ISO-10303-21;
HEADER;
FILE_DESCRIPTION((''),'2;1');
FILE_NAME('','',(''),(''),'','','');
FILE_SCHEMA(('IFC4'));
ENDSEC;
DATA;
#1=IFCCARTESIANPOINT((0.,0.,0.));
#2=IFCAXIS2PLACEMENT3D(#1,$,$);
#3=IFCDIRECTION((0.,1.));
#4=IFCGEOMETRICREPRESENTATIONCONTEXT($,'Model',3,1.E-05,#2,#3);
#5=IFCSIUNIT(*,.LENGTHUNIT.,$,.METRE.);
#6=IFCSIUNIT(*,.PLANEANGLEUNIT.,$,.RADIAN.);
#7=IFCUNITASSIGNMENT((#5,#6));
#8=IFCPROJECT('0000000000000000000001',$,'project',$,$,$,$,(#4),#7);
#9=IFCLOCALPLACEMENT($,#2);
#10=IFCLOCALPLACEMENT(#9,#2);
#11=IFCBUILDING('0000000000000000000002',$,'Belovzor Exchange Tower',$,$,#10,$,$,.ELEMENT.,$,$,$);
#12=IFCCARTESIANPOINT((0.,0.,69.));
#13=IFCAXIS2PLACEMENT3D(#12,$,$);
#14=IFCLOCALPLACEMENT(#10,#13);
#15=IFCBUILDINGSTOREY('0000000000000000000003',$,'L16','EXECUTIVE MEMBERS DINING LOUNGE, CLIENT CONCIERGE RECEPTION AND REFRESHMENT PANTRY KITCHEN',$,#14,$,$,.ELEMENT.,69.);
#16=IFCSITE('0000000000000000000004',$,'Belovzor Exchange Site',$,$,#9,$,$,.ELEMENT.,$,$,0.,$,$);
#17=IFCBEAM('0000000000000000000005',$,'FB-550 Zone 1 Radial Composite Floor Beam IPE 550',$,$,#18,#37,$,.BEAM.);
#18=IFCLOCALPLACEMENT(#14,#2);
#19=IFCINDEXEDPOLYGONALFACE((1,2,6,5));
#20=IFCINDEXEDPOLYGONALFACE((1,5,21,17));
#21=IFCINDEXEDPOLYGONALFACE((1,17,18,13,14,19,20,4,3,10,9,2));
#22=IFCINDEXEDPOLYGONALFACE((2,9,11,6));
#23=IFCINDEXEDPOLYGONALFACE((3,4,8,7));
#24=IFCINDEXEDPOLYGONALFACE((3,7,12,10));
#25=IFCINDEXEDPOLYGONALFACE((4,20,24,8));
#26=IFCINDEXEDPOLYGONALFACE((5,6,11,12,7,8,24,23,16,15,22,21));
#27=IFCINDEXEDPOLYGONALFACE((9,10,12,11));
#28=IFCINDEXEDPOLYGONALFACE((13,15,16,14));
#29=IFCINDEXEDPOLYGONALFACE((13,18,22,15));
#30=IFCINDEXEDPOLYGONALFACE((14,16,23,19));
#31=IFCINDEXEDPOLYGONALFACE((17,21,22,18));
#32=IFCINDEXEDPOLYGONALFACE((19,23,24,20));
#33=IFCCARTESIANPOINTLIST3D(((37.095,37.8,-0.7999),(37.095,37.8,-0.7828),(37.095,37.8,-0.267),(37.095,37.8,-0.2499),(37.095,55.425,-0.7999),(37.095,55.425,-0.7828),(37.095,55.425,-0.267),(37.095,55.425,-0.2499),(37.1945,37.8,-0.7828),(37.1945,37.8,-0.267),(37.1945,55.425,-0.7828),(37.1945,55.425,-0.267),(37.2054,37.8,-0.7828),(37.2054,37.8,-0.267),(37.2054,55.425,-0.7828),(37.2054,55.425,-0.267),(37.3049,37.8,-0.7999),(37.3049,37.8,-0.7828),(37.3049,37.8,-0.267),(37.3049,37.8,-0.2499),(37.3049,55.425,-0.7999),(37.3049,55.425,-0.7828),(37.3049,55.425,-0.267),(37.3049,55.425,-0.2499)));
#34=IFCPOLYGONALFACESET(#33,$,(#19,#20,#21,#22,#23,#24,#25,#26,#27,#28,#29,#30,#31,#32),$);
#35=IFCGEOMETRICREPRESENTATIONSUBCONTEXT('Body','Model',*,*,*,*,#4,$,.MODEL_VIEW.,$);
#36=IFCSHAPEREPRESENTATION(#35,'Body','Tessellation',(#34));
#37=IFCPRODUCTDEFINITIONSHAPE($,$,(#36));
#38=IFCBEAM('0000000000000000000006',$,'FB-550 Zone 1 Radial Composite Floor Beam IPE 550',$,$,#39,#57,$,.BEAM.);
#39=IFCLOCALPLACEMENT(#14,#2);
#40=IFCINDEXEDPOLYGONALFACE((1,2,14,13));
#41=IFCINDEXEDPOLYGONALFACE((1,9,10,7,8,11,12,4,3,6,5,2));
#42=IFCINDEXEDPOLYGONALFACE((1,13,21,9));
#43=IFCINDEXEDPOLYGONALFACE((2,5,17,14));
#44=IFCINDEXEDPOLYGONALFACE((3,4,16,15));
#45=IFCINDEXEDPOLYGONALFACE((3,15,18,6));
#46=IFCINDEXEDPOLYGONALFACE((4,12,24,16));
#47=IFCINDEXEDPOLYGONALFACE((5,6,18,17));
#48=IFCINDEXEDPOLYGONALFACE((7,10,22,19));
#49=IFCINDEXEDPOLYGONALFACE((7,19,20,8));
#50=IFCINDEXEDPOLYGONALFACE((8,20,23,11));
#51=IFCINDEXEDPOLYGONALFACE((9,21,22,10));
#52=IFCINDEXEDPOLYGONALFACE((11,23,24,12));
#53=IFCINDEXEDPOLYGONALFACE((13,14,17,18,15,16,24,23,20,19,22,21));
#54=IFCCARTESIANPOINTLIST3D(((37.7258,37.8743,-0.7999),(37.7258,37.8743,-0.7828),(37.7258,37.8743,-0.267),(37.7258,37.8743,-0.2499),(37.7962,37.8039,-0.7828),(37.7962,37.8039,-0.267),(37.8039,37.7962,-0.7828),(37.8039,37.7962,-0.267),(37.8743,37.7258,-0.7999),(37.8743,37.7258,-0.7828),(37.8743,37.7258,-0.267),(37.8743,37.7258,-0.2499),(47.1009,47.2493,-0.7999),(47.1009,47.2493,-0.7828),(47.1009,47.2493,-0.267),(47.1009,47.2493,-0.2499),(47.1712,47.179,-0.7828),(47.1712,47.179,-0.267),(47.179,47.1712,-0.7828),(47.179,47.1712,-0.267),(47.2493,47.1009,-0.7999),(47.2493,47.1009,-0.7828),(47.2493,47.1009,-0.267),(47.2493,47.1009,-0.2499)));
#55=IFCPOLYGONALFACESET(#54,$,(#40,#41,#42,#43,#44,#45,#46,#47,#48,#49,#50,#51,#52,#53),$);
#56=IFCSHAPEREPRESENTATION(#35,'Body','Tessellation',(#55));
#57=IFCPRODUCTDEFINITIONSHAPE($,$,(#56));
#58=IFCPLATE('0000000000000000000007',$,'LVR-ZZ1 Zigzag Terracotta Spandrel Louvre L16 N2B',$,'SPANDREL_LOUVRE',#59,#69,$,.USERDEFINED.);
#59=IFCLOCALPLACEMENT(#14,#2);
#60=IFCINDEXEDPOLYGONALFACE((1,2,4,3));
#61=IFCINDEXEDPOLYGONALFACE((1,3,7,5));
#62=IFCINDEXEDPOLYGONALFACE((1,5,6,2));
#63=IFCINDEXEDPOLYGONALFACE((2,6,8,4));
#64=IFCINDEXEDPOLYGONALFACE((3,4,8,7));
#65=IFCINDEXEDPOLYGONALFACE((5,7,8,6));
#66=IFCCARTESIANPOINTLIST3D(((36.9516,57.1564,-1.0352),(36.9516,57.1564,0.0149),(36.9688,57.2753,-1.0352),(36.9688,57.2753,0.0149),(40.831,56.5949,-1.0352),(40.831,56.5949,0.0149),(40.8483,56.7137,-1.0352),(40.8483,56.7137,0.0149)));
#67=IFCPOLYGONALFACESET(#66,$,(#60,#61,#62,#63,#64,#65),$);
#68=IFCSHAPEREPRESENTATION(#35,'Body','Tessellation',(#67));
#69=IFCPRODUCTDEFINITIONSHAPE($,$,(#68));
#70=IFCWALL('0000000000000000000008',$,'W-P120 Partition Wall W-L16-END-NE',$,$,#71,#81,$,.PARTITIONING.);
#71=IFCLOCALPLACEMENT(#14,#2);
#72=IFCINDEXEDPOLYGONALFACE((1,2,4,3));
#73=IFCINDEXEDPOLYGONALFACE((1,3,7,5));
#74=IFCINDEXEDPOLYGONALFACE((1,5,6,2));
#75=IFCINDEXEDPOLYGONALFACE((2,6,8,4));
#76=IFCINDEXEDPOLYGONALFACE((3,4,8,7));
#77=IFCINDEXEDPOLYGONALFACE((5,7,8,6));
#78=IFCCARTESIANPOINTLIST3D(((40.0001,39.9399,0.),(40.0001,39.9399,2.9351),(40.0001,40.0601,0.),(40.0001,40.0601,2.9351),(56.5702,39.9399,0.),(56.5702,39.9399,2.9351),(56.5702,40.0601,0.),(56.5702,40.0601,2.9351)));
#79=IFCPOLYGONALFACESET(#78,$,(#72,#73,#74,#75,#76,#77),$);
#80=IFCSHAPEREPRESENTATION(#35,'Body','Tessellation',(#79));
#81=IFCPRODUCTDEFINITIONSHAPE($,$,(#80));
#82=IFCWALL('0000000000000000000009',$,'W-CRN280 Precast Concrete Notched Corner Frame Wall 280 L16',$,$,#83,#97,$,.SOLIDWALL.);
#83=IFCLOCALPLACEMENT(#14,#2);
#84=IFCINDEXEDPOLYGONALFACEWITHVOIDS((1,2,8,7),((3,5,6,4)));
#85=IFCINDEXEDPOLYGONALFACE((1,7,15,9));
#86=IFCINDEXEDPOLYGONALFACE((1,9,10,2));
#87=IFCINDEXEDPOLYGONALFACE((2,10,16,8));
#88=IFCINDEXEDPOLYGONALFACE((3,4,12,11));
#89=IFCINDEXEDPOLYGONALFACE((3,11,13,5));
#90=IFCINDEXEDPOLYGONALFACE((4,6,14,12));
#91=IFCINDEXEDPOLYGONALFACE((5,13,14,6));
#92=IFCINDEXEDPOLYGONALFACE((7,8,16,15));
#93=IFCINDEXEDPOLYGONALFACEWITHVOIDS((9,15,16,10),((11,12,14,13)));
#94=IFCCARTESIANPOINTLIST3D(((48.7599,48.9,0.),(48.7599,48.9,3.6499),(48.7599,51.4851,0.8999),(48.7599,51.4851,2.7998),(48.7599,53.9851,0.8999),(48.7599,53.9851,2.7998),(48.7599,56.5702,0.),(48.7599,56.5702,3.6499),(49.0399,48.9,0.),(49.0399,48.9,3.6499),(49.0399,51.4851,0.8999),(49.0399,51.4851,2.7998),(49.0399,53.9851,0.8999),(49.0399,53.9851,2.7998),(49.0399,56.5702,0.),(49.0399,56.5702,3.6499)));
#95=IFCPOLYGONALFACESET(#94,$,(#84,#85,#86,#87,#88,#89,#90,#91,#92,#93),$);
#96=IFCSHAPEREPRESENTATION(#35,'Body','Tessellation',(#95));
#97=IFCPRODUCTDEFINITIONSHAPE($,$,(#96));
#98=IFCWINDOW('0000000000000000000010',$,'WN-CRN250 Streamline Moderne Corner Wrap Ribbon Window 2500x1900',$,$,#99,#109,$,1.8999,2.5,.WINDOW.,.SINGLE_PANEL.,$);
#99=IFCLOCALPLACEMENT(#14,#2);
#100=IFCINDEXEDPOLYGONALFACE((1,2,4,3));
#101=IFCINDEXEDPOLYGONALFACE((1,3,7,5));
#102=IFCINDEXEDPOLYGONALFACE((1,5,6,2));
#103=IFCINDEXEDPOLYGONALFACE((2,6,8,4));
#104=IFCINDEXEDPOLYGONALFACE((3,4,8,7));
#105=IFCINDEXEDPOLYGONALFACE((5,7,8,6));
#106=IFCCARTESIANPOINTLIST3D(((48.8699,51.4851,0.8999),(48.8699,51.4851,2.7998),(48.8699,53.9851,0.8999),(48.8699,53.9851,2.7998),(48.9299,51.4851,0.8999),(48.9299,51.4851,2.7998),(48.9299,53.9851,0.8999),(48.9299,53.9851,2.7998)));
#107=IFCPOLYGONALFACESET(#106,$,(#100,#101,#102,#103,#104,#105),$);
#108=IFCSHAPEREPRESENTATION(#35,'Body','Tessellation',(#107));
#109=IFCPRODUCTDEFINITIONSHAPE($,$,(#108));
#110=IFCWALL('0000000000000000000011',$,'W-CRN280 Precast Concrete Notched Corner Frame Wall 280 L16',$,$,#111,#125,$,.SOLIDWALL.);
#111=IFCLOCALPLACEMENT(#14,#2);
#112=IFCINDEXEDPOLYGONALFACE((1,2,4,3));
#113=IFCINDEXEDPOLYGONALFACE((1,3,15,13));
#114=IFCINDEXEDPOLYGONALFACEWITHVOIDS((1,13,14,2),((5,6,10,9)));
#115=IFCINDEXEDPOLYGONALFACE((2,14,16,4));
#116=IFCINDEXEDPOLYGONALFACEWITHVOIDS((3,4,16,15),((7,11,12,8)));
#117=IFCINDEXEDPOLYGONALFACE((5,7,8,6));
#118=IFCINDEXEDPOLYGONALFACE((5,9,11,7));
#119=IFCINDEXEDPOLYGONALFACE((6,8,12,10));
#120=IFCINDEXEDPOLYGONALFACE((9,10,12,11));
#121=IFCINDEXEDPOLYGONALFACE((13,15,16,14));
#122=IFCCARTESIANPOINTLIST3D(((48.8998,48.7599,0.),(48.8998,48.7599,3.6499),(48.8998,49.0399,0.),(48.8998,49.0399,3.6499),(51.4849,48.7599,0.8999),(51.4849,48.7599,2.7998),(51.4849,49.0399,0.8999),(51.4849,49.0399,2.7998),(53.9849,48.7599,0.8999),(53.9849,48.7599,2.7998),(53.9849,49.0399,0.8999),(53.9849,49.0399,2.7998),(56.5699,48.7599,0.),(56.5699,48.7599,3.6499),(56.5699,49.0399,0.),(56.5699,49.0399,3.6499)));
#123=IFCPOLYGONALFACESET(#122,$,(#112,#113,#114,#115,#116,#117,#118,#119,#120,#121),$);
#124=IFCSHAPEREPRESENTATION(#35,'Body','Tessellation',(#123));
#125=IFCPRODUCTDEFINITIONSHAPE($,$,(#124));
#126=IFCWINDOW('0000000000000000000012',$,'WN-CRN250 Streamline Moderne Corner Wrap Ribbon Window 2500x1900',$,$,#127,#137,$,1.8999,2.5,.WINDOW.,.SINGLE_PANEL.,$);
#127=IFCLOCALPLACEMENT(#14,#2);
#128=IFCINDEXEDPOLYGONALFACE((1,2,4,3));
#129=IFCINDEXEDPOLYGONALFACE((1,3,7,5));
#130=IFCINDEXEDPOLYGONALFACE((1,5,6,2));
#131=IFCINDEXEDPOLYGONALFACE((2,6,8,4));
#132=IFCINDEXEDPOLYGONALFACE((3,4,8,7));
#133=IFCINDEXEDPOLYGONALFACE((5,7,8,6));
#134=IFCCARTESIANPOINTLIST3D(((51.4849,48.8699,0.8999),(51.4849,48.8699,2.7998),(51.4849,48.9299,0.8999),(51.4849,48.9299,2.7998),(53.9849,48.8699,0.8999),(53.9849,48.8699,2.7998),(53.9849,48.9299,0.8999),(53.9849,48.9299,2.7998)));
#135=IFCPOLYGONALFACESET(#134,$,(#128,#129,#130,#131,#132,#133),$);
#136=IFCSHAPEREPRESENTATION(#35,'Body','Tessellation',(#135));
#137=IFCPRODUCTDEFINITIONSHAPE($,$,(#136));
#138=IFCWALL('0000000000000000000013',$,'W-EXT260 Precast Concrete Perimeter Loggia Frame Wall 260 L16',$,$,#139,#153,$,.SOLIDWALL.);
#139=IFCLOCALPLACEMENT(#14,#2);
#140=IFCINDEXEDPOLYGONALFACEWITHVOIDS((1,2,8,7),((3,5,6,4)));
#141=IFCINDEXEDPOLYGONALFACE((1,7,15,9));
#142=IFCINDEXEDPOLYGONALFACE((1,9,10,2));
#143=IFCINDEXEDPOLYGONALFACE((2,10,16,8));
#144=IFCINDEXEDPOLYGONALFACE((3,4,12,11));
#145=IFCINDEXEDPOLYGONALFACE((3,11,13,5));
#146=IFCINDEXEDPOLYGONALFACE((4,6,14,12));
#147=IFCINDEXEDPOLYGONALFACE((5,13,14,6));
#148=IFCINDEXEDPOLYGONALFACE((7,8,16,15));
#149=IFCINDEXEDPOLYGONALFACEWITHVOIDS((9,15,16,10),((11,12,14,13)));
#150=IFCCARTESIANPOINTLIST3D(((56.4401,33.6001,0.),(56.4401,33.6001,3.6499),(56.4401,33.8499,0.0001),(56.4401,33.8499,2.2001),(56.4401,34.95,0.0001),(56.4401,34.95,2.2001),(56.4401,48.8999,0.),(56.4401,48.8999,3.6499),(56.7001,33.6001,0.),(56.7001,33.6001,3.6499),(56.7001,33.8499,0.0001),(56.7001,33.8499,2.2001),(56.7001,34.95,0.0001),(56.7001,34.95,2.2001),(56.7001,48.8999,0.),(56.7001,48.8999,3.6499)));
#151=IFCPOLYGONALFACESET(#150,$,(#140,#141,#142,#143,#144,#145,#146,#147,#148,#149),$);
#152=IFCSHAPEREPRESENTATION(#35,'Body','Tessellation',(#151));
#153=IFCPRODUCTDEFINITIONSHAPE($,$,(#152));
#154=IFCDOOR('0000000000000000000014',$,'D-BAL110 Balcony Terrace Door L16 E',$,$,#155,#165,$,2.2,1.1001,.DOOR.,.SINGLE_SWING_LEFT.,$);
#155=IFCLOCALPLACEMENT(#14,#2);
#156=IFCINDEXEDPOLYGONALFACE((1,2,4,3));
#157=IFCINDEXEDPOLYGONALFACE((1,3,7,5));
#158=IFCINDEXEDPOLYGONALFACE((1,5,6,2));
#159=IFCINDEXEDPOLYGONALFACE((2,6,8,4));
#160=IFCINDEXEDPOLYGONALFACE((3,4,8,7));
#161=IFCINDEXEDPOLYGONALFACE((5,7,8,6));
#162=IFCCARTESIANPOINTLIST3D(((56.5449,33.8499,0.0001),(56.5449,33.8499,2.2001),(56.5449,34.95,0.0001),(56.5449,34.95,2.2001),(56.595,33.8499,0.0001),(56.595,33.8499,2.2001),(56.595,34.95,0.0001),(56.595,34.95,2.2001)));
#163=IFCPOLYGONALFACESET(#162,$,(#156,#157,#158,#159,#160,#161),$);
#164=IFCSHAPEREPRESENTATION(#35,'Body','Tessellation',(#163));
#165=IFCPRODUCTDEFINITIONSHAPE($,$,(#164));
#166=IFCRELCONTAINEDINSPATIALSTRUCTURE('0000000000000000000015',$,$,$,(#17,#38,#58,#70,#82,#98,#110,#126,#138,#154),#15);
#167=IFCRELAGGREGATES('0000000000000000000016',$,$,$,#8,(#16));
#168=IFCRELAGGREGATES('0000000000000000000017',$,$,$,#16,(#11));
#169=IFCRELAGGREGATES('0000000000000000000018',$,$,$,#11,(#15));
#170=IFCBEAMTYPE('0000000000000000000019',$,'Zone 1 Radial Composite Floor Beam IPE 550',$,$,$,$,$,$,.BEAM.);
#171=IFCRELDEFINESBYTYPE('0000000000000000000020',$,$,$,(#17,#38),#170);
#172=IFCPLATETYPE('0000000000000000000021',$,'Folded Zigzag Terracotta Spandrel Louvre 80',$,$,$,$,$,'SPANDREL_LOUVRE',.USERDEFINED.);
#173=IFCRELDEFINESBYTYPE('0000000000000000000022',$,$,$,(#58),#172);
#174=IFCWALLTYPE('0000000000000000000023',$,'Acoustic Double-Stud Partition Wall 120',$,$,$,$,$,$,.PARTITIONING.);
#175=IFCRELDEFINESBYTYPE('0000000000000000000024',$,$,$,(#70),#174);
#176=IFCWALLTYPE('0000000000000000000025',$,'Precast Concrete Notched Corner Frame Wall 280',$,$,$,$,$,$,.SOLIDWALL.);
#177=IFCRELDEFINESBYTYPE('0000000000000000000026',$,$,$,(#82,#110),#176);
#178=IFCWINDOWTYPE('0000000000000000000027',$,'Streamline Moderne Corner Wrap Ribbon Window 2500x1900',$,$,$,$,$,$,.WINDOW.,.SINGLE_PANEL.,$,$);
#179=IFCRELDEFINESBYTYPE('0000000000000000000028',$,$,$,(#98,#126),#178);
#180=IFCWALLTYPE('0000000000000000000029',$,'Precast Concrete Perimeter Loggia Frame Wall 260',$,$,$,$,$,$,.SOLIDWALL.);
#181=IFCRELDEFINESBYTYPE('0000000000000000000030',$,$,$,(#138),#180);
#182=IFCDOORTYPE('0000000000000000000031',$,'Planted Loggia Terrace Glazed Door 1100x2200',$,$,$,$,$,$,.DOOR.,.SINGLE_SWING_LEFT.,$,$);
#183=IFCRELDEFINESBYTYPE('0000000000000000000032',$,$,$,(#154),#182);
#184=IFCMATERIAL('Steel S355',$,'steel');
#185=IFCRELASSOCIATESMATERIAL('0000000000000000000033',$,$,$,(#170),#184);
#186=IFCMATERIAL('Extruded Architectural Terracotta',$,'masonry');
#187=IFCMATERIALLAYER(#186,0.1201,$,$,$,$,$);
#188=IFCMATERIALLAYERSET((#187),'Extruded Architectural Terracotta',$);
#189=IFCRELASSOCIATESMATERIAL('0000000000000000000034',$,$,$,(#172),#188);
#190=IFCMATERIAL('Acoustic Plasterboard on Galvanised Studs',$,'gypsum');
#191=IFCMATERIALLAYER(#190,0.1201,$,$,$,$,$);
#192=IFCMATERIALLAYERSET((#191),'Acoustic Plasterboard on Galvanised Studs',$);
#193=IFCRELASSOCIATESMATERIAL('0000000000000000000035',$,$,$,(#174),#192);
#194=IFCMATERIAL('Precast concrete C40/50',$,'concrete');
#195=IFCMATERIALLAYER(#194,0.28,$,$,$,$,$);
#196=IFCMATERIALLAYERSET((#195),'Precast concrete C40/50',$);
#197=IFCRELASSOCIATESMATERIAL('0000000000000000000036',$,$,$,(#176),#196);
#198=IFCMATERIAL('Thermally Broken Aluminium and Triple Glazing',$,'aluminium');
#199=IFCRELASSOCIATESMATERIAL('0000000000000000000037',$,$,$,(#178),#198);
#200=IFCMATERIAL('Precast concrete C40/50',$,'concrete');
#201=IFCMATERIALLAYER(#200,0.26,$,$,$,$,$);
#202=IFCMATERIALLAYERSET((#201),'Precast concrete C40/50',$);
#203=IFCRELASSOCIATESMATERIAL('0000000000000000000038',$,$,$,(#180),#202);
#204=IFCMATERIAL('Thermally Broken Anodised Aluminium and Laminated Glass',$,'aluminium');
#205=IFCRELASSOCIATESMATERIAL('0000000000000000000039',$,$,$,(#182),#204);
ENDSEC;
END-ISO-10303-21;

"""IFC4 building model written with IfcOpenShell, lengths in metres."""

from ifc_helpers import new_model, si_unit, direction, frame, frame_2d, origin, origin_2d, place, context, subcontext, project, spatial, rectangle, i_section, extrude, material, layer, layer_set, material_profile, profile_set, type_object, element, fill, save


model = new_model("IFC4")

# Units and contexts
model_context = context("Model", 3, precision=1e-05, world=origin(), true_north=direction((0.0, 1.0)))
body_context = subcontext(model_context, "Body", "Model", "MODEL_VIEW")
ifc_project = project(units=[si_unit("LENGTHUNIT", "METRE"), si_unit("PLANEANGLEUNIT", "RADIAN")], contexts=[model_context])

# Site, building, storey
site_placement = place(None, origin())
site = spatial("IfcSite", under=ifc_project, at=site_placement, Name="Belovzor Exchange Site", CompositionType="ELEMENT", RefElevation=0.0)
building_placement = place(site_placement, origin())
building = spatial("IfcBuilding", under=site, at=building_placement, Name="Belovzor Exchange Tower", CompositionType="ELEMENT")
storey_placement = place(building_placement, frame((0.0, 0.0, 69.0)))
storey = spatial("IfcBuildingStorey", under=building, at=storey_placement, Name="L16", Description="EXECUTIVE MEMBERS DINING LOUNGE, CLIENT CONCIERGE RECEPTION AND REFRESHMENT PANTRY KITCHEN", CompositionType="ELEMENT", Elevation=69.0)

# Beams
ifc_material_1 = material(Name="Steel S355", Category="steel")
ifc_material_profile_1 = material_profile(ifc_material_1, i_section(OverallWidth=0.21, OverallDepth=0.55, WebThickness=0.011, FlangeThickness=0.0171, at=origin_2d()))
ifc_profile_set_1 = profile_set([ifc_material_profile_1], Name="Steel S355")
beam_type_1 = type_object("IfcBeamType", Name="Zone 1 Radial Composite Floor Beam IPE 550", PredefinedType="BEAM", material=ifc_profile_set_1)
beam_1_placement = place(storey_placement, frame((37.2, 37.8, -0.5249), z_axis=(0.0, 1.0, 0.0), x_axis=(-1.0, 0.0, 0.0)))
element("IfcBeam", 1, at=beam_1_placement, inside=storey, type_object=beam_type_1, Name="FB-550 Zone 1 Radial Composite Floor Beam IPE 550", PredefinedType="BEAM", context=body_context, shape_type="SweptSolid", body=[
    extrude(i_section(OverallWidth=0.21, OverallDepth=0.55, WebThickness=0.011, FlangeThickness=0.0171, at=origin_2d()), origin(), (0.0, 0.0, 1.0), 17.625),
])
beam_2_placement = place(storey_placement, frame((37.8, 37.8, -0.5249), z_axis=(0.707107, 0.707107, 0.0), x_axis=(-0.707107, 0.707107, 0.0)))
element("IfcBeam", 2, at=beam_2_placement, inside=storey, type_object=beam_type_1, Name="FB-550 Zone 1 Radial Composite Floor Beam IPE 550", PredefinedType="BEAM", context=body_context, shape_type="SweptSolid", body=[
    extrude(i_section(OverallWidth=0.21, OverallDepth=0.55, WebThickness=0.011, FlangeThickness=0.0171, at=origin_2d()), origin(), (0.0, 0.0, 1.0), 13.2583),
])

# Plate
ifc_material_2 = material(Name="Extruded Architectural Terracotta", Category="masonry")
ifc_layer_1 = layer(ifc_material_2, 0.1201)
ifc_layer_set_1 = layer_set([ifc_layer_1], Name="Extruded Architectural Terracotta")
plate_type = type_object("IfcPlateType", Name="Folded Zigzag Terracotta Spandrel Louvre 80", ElementType="SPANDREL_LOUVRE", PredefinedType="USERDEFINED", material=ifc_layer_set_1)
plate_placement = place(storey_placement, frame((38.8999, 56.9351, -1.0352), z_axis=(0.0, 0.0, 1.0), x_axis=(0.989686, -0.143251, 0.0)))
element("IfcPlate", 3, at=plate_placement, inside=storey, type_object=plate_type, Name="LVR-ZZ1 Zigzag Terracotta Spandrel Louvre L16 N2B", ObjectType="SPANDREL_LOUVRE", PredefinedType="USERDEFINED", context=body_context, shape_type="SweptSolid", body=[
    extrude(rectangle(XDim=3.9199, YDim=0.1201, at=origin_2d()), origin(), (0.0, 0.0, 1.0), 1.05),
])

# Wall
ifc_material_3 = material(Name="Acoustic Plasterboard on Galvanised Studs", Category="gypsum")
ifc_layer_2 = layer(ifc_material_3, 0.1201)
ifc_layer_set_2 = layer_set([ifc_layer_2], Name="Acoustic Plasterboard on Galvanised Studs")
wall_type_1 = type_object("IfcWallType", Name="Acoustic Double-Stud Partition Wall 120", PredefinedType="PARTITIONING", material=ifc_layer_set_2)
wall_1_placement = place(storey_placement, frame((40.0, 40.0, 0.0), z_axis=(0.0, 0.0, 1.0), x_axis=(1.0, 0.0, 0.0)))
element("IfcWall", 4, at=wall_1_placement, inside=storey, type_object=wall_type_1, Name="W-P120 Partition Wall W-L16-END-NE", PredefinedType="PARTITIONING", context=body_context, shape_type="SweptSolid", body=[
    extrude(rectangle(XDim=16.5701, YDim=0.1201, at=frame_2d((8.2852, 0.0))), origin(), (0.0, 0.0, 1.0), 2.9351),
])

# Walls, openings, windows
ifc_material_4 = material(Name="Precast concrete C40/50", Category="concrete")
ifc_layer_3 = layer(ifc_material_4, 0.28)
ifc_layer_set_3 = layer_set([ifc_layer_3], Name="Precast concrete C40/50")
wall_type_2 = type_object("IfcWallType", Name="Precast Concrete Notched Corner Frame Wall 280", PredefinedType="SOLIDWALL", material=ifc_layer_set_3)
wall_2_placement = place(storey_placement, frame((48.8999, 56.5701, 0.0), z_axis=(0.0, 0.0, 1.0), x_axis=(0.0, -1.0, 0.0)))
wall_2 = element("IfcWall", 5, at=wall_2_placement, inside=storey, type_object=wall_type_2, Name="W-CRN280 Precast Concrete Notched Corner Frame Wall 280 L16", PredefinedType="SOLIDWALL", context=body_context, shape_type="SweptSolid", body=[
    extrude(rectangle(XDim=7.6702, YDim=0.28, at=frame_2d((3.835, 0.0))), origin(), (0.0, 0.0, 1.0), 3.6499),
])
opening_1_placement = place(wall_2_placement, frame((2.585, 0.0, 0.8999)))
opening_1 = element("IfcOpeningElement", 6, at=opening_1_placement, cuts=wall_2, PredefinedType="OPENING", context=body_context, shape_type="SweptSolid", body=[
    extrude(rectangle(XDim=2.5, YDim=1.8999, at=frame_2d((1.25, 0.95))), frame((0.0, 0.1499, 0.0), z_axis=(0.0, -1.0, 0.0), x_axis=(1.0, 0.0, 0.0)), (0.0, 0.0, 1.0), 0.3),
])
ifc_material_5 = material(Name="Thermally Broken Aluminium and Triple Glazing", Category="aluminium")
window_type = type_object("IfcWindowType", Name="Streamline Moderne Corner Wrap Ribbon Window 2500x1900", PartitioningType="SINGLE_PANEL", PredefinedType="WINDOW", material=ifc_material_5)
window_1_placement = place(opening_1_placement, origin())
window_1 = element("IfcWindow", 7, at=window_1_placement, inside=storey, type_object=window_type, Name="WN-CRN250 Streamline Moderne Corner Wrap Ribbon Window 2500x1900", OverallHeight=1.8999, OverallWidth=2.5, PartitioningType="SINGLE_PANEL", PredefinedType="WINDOW", context=body_context, shape_type="SweptSolid", body=[
    extrude(rectangle(XDim=2.5, YDim=1.8999, at=frame_2d((1.25, 0.95))), frame((0.0, 0.03, 0.0), z_axis=(0.0, -1.0, 0.0), x_axis=(1.0, 0.0, 0.0)), (0.0, 0.0, 1.0), 0.0601),
])
fill(opening_1, window_1)
wall_3_placement = place(storey_placement, frame((48.8999, 48.8999, 0.0), z_axis=(0.0, 0.0, 1.0), x_axis=(1.0, 0.0, 0.0)))
wall_3 = element("IfcWall", 8, at=wall_3_placement, inside=storey, type_object=wall_type_2, Name="W-CRN280 Precast Concrete Notched Corner Frame Wall 280 L16", PredefinedType="SOLIDWALL", context=body_context, shape_type="SweptSolid", body=[
    extrude(rectangle(XDim=7.6702, YDim=0.28, at=frame_2d((3.835, 0.0))), origin(), (0.0, 0.0, 1.0), 3.6499),
])
opening_2_placement = place(wall_3_placement, frame((2.585, 0.0, 0.8999)))
opening_2 = element("IfcOpeningElement", 9, at=opening_2_placement, cuts=wall_3, PredefinedType="OPENING", context=body_context, shape_type="SweptSolid", body=[
    extrude(rectangle(XDim=2.5, YDim=1.8999, at=frame_2d((1.25, 0.95))), frame((0.0, 0.1499, 0.0), z_axis=(0.0, -1.0, 0.0), x_axis=(1.0, 0.0, 0.0)), (0.0, 0.0, 1.0), 0.3),
])
window_2_placement = place(opening_2_placement, origin())
window_2 = element("IfcWindow", 10, at=window_2_placement, inside=storey, type_object=window_type, Name="WN-CRN250 Streamline Moderne Corner Wrap Ribbon Window 2500x1900", OverallHeight=1.8999, OverallWidth=2.5, PartitioningType="SINGLE_PANEL", PredefinedType="WINDOW", context=body_context, shape_type="SweptSolid", body=[
    extrude(rectangle(XDim=2.5, YDim=1.8999, at=frame_2d((1.25, 0.95))), frame((0.0, 0.03, 0.0), z_axis=(0.0, -1.0, 0.0), x_axis=(1.0, 0.0, 0.0)), (0.0, 0.0, 1.0), 0.0601),
])
fill(opening_2, window_2)

# Wall, opening, door
ifc_material_6 = material(Name="Precast concrete C40/50", Category="concrete")
ifc_layer_4 = layer(ifc_material_6, 0.26)
ifc_layer_set_4 = layer_set([ifc_layer_4], Name="Precast concrete C40/50")
wall_type_3 = type_object("IfcWallType", Name="Precast Concrete Perimeter Loggia Frame Wall 260", PredefinedType="SOLIDWALL", material=ifc_layer_set_4)
wall_4_placement = place(storey_placement, frame((56.5701, 48.8999, 0.0), z_axis=(0.0, 0.0, 1.0), x_axis=(0.0, -1.0, 0.0)))
wall_4 = element("IfcWall", 11, at=wall_4_placement, inside=storey, type_object=wall_type_3, Name="W-EXT260 Precast Concrete Perimeter Loggia Frame Wall 260 L16", PredefinedType="SOLIDWALL", context=body_context, shape_type="SweptSolid", body=[
    extrude(rectangle(XDim=15.2998, YDim=0.26, at=frame_2d((7.6499, 0.0))), origin(), (0.0, 0.0, 1.0), 3.6499),
])
opening_3_placement = place(wall_4_placement, frame((13.95, 0.0, 0.0)))
opening_3 = element("IfcOpeningElement", 12, at=opening_3_placement, cuts=wall_4, PredefinedType="OPENING", context=body_context, shape_type="SweptSolid", body=[
    extrude(rectangle(XDim=1.1001, YDim=2.2, at=frame_2d((0.55, 1.1001))), frame((0.0, 0.1399, 0.0), z_axis=(0.0, -1.0, 0.0), x_axis=(1.0, 0.0, 0.0)), (0.0, 0.0, 1.0), 0.28),
])
ifc_material_7 = material(Name="Thermally Broken Anodised Aluminium and Laminated Glass", Category="aluminium")
door_type = type_object("IfcDoorType", Name="Planted Loggia Terrace Glazed Door 1100x2200", OperationType="SINGLE_SWING_LEFT", PredefinedType="DOOR", material=ifc_material_7)
door_placement = place(opening_3_placement, origin())
door = element("IfcDoor", 13, at=door_placement, inside=storey, type_object=door_type, Name="D-BAL110 Balcony Terrace Door L16 E", OperationType="SINGLE_SWING_LEFT", OverallHeight=2.2, OverallWidth=1.1001, PredefinedType="DOOR", context=body_context, shape_type="SweptSolid", body=[
    extrude(rectangle(XDim=1.1001, YDim=2.2, at=frame_2d((0.55, 1.1001))), frame((0.0, 0.0249, 0.0), z_axis=(0.0, -1.0, 0.0), x_axis=(1.0, 0.0, 0.0)), (0.0, 0.0, 1.0), 0.05),
])
fill(opening_3, door)

save(model, "model.ifc")
